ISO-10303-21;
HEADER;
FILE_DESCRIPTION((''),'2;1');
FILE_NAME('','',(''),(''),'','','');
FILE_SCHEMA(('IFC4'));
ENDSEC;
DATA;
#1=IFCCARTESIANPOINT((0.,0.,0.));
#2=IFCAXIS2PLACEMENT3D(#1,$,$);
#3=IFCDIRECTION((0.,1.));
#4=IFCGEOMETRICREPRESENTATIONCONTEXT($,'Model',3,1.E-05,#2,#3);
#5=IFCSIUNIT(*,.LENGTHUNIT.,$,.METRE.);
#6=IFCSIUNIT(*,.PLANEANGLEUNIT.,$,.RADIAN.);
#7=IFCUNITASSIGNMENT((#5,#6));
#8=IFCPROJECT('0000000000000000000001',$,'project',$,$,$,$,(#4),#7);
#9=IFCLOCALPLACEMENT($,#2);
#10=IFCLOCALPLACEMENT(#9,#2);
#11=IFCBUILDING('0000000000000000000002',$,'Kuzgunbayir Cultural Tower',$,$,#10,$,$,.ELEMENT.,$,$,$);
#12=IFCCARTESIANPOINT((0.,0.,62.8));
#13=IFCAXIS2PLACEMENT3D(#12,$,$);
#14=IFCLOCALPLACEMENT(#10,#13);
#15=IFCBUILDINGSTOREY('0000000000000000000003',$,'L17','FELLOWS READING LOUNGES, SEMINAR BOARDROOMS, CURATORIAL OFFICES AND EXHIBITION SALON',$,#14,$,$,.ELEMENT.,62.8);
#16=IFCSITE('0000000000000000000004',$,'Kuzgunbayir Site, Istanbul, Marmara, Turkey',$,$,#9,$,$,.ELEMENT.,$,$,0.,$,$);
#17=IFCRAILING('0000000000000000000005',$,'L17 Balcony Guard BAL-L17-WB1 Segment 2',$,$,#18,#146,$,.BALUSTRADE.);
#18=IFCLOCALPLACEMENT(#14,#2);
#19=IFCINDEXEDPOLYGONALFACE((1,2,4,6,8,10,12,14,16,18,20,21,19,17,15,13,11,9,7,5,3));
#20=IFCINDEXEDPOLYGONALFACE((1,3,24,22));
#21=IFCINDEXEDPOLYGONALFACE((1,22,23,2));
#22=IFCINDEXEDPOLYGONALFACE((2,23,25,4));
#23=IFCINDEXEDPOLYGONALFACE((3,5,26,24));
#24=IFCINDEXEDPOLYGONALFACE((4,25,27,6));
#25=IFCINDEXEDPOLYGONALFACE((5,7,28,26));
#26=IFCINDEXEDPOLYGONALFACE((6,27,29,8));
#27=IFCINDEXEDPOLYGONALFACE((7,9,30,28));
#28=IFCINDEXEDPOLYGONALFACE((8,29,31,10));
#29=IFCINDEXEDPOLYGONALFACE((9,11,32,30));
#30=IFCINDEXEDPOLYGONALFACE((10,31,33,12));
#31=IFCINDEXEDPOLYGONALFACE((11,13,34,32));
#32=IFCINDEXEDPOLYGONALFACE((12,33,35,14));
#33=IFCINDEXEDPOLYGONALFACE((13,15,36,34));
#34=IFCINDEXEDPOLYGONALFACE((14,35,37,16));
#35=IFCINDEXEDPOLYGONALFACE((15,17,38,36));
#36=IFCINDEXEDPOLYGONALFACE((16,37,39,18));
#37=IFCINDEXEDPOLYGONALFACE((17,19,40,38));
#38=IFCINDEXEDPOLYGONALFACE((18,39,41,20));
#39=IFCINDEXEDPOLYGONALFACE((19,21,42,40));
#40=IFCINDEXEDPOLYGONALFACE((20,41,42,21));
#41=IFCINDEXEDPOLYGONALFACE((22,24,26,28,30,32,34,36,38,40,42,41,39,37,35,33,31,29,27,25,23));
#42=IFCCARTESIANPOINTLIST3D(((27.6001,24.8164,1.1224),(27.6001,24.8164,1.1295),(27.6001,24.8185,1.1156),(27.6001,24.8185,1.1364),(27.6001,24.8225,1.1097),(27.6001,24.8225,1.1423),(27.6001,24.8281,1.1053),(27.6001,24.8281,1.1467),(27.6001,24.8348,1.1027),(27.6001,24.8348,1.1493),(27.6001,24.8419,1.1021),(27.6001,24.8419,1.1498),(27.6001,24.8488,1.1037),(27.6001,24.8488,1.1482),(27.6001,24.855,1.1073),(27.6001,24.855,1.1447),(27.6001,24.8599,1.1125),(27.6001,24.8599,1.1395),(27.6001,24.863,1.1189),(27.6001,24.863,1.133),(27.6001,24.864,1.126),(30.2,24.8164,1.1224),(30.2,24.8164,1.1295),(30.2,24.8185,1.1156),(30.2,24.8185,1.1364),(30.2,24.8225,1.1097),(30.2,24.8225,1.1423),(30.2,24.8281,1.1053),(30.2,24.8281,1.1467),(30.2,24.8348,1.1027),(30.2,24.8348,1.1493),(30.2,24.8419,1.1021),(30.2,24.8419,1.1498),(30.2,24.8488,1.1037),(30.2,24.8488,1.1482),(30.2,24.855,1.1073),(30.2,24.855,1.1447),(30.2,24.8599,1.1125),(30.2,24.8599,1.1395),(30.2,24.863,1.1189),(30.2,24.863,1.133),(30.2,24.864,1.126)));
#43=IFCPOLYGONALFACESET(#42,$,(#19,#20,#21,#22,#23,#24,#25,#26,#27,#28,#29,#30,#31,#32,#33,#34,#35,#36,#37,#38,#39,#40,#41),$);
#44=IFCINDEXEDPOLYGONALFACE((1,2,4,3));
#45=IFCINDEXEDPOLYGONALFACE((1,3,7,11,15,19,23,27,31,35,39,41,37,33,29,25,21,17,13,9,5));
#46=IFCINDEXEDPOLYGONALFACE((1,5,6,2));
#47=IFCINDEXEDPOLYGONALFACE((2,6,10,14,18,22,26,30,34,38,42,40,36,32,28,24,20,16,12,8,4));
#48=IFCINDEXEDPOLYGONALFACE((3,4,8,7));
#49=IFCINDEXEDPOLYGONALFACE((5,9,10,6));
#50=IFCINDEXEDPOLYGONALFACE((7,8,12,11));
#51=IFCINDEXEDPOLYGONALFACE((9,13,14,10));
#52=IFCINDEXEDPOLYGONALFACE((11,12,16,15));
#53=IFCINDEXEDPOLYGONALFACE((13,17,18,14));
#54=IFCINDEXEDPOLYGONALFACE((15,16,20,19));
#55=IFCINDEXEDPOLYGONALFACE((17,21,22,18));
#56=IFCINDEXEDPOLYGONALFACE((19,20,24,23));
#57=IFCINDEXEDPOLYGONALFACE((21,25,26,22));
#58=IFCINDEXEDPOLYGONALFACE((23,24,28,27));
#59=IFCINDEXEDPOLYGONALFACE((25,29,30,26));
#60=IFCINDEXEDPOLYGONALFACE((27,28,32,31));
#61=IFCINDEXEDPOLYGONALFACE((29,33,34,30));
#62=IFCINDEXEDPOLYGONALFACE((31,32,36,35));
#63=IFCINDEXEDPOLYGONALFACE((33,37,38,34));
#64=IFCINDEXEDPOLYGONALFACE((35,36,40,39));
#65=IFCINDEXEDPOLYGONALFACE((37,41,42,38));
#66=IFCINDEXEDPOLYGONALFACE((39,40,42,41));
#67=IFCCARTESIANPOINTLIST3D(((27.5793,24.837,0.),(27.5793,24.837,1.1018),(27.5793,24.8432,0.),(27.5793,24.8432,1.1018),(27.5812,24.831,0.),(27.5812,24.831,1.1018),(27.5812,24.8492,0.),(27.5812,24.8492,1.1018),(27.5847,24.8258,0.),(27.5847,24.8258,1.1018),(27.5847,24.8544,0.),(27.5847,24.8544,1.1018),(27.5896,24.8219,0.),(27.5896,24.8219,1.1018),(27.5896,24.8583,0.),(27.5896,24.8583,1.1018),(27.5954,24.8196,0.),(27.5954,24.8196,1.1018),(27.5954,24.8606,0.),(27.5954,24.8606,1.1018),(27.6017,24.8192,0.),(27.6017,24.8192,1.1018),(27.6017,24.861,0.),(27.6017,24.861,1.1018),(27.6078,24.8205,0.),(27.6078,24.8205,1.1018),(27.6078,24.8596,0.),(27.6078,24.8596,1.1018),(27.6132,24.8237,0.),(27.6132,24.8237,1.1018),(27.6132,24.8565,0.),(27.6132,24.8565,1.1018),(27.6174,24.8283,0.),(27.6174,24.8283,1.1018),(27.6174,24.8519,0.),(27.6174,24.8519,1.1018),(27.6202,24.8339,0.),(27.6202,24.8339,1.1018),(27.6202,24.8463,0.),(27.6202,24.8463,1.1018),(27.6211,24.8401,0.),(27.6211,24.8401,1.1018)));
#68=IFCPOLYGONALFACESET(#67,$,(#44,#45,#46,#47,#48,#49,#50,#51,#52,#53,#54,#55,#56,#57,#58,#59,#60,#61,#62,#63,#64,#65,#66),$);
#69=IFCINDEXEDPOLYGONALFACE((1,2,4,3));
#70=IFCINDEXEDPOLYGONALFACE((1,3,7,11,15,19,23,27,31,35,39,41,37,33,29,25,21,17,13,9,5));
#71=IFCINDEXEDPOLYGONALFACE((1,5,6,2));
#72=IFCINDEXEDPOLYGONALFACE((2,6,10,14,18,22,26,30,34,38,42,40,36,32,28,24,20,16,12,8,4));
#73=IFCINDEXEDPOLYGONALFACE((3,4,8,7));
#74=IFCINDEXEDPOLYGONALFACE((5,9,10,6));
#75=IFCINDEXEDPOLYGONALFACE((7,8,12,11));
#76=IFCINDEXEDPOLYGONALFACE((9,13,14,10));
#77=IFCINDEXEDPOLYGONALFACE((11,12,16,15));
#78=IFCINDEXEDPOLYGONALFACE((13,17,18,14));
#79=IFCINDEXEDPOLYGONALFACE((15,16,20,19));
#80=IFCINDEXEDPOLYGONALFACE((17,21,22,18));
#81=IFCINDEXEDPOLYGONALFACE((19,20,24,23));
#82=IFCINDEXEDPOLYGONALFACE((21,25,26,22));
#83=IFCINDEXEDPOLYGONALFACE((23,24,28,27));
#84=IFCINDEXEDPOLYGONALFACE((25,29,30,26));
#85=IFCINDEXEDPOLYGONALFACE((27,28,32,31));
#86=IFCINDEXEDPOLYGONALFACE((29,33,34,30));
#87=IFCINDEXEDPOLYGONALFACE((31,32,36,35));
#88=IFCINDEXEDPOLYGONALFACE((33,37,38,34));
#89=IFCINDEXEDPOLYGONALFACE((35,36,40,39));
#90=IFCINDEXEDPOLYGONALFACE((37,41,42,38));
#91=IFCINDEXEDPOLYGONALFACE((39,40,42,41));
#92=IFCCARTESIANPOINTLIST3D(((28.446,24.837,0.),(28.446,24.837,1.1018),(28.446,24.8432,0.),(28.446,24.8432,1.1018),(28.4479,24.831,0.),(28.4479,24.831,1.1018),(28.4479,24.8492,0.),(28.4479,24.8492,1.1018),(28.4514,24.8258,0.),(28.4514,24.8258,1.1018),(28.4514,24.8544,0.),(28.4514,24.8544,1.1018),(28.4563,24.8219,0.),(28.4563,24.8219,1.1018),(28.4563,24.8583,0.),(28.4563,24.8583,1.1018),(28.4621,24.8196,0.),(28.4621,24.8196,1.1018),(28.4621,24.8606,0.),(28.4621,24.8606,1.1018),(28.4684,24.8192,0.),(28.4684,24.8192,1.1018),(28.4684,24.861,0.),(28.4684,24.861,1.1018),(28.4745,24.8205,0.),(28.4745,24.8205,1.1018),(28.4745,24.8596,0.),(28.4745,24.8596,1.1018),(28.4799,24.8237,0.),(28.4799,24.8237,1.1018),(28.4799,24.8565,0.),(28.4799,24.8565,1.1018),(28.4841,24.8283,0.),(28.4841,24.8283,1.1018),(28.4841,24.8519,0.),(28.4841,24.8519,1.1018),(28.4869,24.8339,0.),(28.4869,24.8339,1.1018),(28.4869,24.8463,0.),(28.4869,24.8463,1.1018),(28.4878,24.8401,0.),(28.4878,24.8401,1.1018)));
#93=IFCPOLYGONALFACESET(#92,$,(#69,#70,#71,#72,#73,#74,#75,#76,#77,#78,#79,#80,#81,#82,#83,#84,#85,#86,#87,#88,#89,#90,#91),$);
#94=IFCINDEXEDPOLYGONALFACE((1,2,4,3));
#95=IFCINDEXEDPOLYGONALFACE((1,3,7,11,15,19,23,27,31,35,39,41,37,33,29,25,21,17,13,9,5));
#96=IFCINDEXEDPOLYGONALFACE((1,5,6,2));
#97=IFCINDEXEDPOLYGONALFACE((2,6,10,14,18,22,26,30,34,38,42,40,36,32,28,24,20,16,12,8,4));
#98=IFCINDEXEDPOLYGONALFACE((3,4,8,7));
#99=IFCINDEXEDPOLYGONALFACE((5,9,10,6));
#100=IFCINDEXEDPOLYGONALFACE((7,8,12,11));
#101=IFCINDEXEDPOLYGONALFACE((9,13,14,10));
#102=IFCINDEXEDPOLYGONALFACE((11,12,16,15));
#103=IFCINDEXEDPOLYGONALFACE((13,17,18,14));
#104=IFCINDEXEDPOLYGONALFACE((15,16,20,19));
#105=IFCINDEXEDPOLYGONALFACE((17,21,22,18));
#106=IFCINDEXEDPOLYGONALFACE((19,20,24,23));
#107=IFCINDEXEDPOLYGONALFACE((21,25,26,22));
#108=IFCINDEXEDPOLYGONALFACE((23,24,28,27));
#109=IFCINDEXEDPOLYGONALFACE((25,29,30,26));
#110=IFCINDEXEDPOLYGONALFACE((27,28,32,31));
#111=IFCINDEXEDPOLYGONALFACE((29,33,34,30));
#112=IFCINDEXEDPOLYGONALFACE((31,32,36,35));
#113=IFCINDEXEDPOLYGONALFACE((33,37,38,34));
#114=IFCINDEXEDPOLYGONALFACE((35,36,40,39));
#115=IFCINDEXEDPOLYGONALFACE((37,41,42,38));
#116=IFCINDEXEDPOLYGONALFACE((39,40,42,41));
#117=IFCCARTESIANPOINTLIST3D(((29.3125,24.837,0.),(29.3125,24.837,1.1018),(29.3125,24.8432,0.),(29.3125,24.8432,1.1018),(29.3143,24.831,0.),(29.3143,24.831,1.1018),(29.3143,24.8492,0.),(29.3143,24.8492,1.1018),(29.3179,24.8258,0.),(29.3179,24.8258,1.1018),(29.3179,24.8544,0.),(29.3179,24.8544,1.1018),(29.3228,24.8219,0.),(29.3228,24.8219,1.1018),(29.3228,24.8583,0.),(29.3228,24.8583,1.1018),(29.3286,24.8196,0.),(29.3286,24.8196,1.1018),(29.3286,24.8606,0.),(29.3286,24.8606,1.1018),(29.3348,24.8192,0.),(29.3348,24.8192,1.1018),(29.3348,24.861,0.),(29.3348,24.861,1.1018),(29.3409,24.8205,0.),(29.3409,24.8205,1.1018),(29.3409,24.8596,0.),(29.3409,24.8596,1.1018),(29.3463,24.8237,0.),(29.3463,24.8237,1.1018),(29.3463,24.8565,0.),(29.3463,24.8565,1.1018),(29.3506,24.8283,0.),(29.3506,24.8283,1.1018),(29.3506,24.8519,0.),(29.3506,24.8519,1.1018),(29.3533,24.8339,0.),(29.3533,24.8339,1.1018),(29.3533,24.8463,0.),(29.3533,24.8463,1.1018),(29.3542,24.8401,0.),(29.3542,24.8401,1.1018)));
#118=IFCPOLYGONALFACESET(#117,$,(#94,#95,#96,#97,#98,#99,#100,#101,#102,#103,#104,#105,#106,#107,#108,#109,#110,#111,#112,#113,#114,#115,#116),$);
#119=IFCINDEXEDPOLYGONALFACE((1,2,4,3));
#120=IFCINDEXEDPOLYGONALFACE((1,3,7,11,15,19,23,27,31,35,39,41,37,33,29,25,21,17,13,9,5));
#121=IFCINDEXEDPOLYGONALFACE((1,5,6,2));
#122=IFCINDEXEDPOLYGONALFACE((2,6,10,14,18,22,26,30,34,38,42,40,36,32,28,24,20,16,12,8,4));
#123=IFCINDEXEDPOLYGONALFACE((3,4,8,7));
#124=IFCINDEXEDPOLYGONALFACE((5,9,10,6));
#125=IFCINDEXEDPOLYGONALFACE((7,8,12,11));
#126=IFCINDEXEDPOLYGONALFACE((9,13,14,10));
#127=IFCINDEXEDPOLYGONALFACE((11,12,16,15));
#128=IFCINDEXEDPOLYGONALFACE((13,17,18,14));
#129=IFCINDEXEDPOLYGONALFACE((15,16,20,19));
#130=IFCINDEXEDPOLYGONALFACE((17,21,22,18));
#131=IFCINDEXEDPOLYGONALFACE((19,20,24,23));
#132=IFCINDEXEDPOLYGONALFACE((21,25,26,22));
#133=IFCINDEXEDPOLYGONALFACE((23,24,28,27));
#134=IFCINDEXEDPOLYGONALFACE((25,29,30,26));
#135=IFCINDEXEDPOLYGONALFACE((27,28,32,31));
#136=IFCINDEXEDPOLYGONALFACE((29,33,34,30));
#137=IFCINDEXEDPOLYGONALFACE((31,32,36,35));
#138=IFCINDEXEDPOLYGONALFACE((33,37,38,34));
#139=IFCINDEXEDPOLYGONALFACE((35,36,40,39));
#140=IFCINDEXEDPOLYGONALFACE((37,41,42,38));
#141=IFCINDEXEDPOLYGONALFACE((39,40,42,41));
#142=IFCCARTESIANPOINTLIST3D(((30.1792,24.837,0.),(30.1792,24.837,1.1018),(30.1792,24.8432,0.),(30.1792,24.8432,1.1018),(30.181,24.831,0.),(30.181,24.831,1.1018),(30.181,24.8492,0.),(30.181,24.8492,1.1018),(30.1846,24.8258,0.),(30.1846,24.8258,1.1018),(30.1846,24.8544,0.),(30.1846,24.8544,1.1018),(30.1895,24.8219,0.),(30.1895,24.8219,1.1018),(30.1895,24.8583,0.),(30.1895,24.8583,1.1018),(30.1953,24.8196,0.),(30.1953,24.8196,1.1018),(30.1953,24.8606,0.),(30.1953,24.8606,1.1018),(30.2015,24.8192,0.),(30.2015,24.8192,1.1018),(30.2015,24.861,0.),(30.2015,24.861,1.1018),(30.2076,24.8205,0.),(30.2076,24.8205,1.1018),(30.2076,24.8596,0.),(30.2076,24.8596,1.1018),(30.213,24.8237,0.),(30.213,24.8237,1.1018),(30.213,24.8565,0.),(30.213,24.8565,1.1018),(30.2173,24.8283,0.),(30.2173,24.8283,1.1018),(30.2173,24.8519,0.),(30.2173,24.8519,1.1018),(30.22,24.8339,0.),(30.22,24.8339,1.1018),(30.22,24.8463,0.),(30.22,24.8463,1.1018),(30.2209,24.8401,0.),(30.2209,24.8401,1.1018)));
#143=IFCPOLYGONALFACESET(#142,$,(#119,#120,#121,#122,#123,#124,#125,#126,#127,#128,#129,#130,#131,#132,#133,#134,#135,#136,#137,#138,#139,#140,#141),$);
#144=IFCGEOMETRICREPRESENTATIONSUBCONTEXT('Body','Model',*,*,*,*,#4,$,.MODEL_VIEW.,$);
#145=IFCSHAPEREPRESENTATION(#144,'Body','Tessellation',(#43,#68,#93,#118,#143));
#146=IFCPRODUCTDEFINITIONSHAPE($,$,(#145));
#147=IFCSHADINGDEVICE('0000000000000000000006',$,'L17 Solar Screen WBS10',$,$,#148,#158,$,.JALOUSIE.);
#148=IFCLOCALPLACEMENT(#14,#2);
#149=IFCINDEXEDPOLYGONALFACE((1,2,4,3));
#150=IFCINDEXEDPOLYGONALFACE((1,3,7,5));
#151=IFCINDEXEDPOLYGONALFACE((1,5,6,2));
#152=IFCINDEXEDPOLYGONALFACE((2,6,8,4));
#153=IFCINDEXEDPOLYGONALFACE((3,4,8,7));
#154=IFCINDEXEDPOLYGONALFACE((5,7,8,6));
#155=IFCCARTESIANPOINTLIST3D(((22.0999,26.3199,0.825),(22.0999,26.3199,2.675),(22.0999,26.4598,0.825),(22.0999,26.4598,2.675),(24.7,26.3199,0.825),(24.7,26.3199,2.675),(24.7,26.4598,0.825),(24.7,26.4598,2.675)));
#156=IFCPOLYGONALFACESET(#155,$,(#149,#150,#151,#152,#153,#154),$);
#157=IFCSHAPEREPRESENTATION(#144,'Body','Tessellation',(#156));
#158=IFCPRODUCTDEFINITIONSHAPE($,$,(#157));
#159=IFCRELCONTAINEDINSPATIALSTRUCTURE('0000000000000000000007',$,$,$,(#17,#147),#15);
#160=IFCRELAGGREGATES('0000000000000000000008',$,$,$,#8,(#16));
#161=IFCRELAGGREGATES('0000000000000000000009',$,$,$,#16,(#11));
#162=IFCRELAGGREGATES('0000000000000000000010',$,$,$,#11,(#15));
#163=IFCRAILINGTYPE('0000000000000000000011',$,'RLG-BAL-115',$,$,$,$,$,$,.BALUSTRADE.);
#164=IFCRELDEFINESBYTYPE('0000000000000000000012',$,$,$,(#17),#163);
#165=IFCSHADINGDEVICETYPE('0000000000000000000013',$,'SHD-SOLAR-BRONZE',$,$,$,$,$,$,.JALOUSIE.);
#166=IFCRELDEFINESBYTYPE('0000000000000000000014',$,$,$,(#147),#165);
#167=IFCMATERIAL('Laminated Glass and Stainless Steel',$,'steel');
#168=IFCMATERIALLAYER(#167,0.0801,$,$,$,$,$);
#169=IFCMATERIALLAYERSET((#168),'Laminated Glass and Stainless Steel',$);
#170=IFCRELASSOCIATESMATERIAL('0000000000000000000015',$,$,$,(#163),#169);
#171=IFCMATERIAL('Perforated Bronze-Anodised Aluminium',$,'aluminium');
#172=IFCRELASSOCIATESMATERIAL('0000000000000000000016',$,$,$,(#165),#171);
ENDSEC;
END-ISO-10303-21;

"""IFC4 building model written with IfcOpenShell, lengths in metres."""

from ifc_helpers import new_model, si_unit, direction, frame, origin, origin_2d, place, context, subcontext, project, spatial, rectangle, circle, extrude, material, layer, layer_set, type_object, element, save


model = new_model("IFC4")

# Units and contexts
model_context = context("Model", 3, precision=1e-05, world=origin(), true_north=direction((0.0, 1.0)))
body_context = subcontext(model_context, "Body", "Model", "MODEL_VIEW")
ifc_project = project(units=[si_unit("LENGTHUNIT", "METRE"), si_unit("PLANEANGLEUNIT", "RADIAN")], contexts=[model_context])

# Site, building, storey
site_placement = place(None, origin())
site = spatial("IfcSite", under=ifc_project, at=site_placement, Name="Kuzgunbayir Site, Istanbul, Marmara, Turkey", CompositionType="ELEMENT", RefElevation=0.0)
building_placement = place(site_placement, origin())
building = spatial("IfcBuilding", under=site, at=building_placement, Name="Kuzgunbayir Cultural Tower", CompositionType="ELEMENT")
storey_placement = place(building_placement, frame((0.0, 0.0, 62.8)))
storey = spatial("IfcBuildingStorey", under=building, at=storey_placement, Name="L17", Description="FELLOWS READING LOUNGES, SEMINAR BOARDROOMS, CURATORIAL OFFICES AND EXHIBITION SALON", CompositionType="ELEMENT", Elevation=62.8)

# Railing
ifc_material_1 = material(Name="Laminated Glass and Stainless Steel", Category="steel")
ifc_layer_1 = layer(ifc_material_1, 0.0801)
ifc_layer_set_1 = layer_set([ifc_layer_1], Name="Laminated Glass and Stainless Steel")
railing_type = type_object("IfcRailingType", Name="RLG-BAL-115", PredefinedType="BALUSTRADE", material=ifc_layer_set_1)
railing_1_placement = place(storey_placement, frame((27.6001, 24.8401, 0.0)))
element("IfcRailing", 1, at=railing_1_placement, inside=storey, type_object=railing_type, Name="L17 Balcony Guard BAL-L17-WB1 Segment 2", PredefinedType="BALUSTRADE", context=body_context, shape_type="SweptSolid", body=[
    extrude(circle(Radius=0.0239, at=origin_2d()), frame((0.0, 0.0, 1.126), z_axis=(1.0, 0.0, 0.0), x_axis=(0.0, 1.0, 0.0)), (0.0, 0.0, 1.0), 2.5999),
    extrude(circle(Radius=0.021, at=origin_2d()), origin(), (0.0, 0.0, 1.0), 1.1018),
    extrude(circle(Radius=0.021, at=origin_2d()), frame((0.8667, 0.0, 0.0)), (0.0, 0.0, 1.0), 1.1018),
    extrude(circle(Radius=0.021, at=origin_2d()), frame((1.7332, 0.0, 0.0)), (0.0, 0.0, 1.0), 1.1018),
    extrude(circle(Radius=0.021, at=origin_2d()), frame((2.5999, 0.0, 0.0)), (0.0, 0.0, 1.0), 1.1018),
])

# Shading device
ifc_material_2 = material(Name="Perforated Bronze-Anodised Aluminium", Category="aluminium")
shading_device_type = type_object("IfcShadingDeviceType", Name="SHD-SOLAR-BRONZE", PredefinedType="JALOUSIE", material=ifc_material_2)
shading_device_placement = place(storey_placement, frame((23.3999, 26.3899, 0.825), z_axis=(0.0, 0.0, 1.0), x_axis=(1.0, 0.0, 0.0)))
element("IfcShadingDevice", 2, at=shading_device_placement, inside=storey, type_object=shading_device_type, Name="L17 Solar Screen WBS10", PredefinedType="JALOUSIE", context=body_context, shape_type="SweptSolid", body=[
    extrude(rectangle(XDim=2.6001, YDim=0.1399, at=origin_2d()), origin(), (0.0, 0.0, 1.0), 1.8501),
])

save(model, "model.ifc")
